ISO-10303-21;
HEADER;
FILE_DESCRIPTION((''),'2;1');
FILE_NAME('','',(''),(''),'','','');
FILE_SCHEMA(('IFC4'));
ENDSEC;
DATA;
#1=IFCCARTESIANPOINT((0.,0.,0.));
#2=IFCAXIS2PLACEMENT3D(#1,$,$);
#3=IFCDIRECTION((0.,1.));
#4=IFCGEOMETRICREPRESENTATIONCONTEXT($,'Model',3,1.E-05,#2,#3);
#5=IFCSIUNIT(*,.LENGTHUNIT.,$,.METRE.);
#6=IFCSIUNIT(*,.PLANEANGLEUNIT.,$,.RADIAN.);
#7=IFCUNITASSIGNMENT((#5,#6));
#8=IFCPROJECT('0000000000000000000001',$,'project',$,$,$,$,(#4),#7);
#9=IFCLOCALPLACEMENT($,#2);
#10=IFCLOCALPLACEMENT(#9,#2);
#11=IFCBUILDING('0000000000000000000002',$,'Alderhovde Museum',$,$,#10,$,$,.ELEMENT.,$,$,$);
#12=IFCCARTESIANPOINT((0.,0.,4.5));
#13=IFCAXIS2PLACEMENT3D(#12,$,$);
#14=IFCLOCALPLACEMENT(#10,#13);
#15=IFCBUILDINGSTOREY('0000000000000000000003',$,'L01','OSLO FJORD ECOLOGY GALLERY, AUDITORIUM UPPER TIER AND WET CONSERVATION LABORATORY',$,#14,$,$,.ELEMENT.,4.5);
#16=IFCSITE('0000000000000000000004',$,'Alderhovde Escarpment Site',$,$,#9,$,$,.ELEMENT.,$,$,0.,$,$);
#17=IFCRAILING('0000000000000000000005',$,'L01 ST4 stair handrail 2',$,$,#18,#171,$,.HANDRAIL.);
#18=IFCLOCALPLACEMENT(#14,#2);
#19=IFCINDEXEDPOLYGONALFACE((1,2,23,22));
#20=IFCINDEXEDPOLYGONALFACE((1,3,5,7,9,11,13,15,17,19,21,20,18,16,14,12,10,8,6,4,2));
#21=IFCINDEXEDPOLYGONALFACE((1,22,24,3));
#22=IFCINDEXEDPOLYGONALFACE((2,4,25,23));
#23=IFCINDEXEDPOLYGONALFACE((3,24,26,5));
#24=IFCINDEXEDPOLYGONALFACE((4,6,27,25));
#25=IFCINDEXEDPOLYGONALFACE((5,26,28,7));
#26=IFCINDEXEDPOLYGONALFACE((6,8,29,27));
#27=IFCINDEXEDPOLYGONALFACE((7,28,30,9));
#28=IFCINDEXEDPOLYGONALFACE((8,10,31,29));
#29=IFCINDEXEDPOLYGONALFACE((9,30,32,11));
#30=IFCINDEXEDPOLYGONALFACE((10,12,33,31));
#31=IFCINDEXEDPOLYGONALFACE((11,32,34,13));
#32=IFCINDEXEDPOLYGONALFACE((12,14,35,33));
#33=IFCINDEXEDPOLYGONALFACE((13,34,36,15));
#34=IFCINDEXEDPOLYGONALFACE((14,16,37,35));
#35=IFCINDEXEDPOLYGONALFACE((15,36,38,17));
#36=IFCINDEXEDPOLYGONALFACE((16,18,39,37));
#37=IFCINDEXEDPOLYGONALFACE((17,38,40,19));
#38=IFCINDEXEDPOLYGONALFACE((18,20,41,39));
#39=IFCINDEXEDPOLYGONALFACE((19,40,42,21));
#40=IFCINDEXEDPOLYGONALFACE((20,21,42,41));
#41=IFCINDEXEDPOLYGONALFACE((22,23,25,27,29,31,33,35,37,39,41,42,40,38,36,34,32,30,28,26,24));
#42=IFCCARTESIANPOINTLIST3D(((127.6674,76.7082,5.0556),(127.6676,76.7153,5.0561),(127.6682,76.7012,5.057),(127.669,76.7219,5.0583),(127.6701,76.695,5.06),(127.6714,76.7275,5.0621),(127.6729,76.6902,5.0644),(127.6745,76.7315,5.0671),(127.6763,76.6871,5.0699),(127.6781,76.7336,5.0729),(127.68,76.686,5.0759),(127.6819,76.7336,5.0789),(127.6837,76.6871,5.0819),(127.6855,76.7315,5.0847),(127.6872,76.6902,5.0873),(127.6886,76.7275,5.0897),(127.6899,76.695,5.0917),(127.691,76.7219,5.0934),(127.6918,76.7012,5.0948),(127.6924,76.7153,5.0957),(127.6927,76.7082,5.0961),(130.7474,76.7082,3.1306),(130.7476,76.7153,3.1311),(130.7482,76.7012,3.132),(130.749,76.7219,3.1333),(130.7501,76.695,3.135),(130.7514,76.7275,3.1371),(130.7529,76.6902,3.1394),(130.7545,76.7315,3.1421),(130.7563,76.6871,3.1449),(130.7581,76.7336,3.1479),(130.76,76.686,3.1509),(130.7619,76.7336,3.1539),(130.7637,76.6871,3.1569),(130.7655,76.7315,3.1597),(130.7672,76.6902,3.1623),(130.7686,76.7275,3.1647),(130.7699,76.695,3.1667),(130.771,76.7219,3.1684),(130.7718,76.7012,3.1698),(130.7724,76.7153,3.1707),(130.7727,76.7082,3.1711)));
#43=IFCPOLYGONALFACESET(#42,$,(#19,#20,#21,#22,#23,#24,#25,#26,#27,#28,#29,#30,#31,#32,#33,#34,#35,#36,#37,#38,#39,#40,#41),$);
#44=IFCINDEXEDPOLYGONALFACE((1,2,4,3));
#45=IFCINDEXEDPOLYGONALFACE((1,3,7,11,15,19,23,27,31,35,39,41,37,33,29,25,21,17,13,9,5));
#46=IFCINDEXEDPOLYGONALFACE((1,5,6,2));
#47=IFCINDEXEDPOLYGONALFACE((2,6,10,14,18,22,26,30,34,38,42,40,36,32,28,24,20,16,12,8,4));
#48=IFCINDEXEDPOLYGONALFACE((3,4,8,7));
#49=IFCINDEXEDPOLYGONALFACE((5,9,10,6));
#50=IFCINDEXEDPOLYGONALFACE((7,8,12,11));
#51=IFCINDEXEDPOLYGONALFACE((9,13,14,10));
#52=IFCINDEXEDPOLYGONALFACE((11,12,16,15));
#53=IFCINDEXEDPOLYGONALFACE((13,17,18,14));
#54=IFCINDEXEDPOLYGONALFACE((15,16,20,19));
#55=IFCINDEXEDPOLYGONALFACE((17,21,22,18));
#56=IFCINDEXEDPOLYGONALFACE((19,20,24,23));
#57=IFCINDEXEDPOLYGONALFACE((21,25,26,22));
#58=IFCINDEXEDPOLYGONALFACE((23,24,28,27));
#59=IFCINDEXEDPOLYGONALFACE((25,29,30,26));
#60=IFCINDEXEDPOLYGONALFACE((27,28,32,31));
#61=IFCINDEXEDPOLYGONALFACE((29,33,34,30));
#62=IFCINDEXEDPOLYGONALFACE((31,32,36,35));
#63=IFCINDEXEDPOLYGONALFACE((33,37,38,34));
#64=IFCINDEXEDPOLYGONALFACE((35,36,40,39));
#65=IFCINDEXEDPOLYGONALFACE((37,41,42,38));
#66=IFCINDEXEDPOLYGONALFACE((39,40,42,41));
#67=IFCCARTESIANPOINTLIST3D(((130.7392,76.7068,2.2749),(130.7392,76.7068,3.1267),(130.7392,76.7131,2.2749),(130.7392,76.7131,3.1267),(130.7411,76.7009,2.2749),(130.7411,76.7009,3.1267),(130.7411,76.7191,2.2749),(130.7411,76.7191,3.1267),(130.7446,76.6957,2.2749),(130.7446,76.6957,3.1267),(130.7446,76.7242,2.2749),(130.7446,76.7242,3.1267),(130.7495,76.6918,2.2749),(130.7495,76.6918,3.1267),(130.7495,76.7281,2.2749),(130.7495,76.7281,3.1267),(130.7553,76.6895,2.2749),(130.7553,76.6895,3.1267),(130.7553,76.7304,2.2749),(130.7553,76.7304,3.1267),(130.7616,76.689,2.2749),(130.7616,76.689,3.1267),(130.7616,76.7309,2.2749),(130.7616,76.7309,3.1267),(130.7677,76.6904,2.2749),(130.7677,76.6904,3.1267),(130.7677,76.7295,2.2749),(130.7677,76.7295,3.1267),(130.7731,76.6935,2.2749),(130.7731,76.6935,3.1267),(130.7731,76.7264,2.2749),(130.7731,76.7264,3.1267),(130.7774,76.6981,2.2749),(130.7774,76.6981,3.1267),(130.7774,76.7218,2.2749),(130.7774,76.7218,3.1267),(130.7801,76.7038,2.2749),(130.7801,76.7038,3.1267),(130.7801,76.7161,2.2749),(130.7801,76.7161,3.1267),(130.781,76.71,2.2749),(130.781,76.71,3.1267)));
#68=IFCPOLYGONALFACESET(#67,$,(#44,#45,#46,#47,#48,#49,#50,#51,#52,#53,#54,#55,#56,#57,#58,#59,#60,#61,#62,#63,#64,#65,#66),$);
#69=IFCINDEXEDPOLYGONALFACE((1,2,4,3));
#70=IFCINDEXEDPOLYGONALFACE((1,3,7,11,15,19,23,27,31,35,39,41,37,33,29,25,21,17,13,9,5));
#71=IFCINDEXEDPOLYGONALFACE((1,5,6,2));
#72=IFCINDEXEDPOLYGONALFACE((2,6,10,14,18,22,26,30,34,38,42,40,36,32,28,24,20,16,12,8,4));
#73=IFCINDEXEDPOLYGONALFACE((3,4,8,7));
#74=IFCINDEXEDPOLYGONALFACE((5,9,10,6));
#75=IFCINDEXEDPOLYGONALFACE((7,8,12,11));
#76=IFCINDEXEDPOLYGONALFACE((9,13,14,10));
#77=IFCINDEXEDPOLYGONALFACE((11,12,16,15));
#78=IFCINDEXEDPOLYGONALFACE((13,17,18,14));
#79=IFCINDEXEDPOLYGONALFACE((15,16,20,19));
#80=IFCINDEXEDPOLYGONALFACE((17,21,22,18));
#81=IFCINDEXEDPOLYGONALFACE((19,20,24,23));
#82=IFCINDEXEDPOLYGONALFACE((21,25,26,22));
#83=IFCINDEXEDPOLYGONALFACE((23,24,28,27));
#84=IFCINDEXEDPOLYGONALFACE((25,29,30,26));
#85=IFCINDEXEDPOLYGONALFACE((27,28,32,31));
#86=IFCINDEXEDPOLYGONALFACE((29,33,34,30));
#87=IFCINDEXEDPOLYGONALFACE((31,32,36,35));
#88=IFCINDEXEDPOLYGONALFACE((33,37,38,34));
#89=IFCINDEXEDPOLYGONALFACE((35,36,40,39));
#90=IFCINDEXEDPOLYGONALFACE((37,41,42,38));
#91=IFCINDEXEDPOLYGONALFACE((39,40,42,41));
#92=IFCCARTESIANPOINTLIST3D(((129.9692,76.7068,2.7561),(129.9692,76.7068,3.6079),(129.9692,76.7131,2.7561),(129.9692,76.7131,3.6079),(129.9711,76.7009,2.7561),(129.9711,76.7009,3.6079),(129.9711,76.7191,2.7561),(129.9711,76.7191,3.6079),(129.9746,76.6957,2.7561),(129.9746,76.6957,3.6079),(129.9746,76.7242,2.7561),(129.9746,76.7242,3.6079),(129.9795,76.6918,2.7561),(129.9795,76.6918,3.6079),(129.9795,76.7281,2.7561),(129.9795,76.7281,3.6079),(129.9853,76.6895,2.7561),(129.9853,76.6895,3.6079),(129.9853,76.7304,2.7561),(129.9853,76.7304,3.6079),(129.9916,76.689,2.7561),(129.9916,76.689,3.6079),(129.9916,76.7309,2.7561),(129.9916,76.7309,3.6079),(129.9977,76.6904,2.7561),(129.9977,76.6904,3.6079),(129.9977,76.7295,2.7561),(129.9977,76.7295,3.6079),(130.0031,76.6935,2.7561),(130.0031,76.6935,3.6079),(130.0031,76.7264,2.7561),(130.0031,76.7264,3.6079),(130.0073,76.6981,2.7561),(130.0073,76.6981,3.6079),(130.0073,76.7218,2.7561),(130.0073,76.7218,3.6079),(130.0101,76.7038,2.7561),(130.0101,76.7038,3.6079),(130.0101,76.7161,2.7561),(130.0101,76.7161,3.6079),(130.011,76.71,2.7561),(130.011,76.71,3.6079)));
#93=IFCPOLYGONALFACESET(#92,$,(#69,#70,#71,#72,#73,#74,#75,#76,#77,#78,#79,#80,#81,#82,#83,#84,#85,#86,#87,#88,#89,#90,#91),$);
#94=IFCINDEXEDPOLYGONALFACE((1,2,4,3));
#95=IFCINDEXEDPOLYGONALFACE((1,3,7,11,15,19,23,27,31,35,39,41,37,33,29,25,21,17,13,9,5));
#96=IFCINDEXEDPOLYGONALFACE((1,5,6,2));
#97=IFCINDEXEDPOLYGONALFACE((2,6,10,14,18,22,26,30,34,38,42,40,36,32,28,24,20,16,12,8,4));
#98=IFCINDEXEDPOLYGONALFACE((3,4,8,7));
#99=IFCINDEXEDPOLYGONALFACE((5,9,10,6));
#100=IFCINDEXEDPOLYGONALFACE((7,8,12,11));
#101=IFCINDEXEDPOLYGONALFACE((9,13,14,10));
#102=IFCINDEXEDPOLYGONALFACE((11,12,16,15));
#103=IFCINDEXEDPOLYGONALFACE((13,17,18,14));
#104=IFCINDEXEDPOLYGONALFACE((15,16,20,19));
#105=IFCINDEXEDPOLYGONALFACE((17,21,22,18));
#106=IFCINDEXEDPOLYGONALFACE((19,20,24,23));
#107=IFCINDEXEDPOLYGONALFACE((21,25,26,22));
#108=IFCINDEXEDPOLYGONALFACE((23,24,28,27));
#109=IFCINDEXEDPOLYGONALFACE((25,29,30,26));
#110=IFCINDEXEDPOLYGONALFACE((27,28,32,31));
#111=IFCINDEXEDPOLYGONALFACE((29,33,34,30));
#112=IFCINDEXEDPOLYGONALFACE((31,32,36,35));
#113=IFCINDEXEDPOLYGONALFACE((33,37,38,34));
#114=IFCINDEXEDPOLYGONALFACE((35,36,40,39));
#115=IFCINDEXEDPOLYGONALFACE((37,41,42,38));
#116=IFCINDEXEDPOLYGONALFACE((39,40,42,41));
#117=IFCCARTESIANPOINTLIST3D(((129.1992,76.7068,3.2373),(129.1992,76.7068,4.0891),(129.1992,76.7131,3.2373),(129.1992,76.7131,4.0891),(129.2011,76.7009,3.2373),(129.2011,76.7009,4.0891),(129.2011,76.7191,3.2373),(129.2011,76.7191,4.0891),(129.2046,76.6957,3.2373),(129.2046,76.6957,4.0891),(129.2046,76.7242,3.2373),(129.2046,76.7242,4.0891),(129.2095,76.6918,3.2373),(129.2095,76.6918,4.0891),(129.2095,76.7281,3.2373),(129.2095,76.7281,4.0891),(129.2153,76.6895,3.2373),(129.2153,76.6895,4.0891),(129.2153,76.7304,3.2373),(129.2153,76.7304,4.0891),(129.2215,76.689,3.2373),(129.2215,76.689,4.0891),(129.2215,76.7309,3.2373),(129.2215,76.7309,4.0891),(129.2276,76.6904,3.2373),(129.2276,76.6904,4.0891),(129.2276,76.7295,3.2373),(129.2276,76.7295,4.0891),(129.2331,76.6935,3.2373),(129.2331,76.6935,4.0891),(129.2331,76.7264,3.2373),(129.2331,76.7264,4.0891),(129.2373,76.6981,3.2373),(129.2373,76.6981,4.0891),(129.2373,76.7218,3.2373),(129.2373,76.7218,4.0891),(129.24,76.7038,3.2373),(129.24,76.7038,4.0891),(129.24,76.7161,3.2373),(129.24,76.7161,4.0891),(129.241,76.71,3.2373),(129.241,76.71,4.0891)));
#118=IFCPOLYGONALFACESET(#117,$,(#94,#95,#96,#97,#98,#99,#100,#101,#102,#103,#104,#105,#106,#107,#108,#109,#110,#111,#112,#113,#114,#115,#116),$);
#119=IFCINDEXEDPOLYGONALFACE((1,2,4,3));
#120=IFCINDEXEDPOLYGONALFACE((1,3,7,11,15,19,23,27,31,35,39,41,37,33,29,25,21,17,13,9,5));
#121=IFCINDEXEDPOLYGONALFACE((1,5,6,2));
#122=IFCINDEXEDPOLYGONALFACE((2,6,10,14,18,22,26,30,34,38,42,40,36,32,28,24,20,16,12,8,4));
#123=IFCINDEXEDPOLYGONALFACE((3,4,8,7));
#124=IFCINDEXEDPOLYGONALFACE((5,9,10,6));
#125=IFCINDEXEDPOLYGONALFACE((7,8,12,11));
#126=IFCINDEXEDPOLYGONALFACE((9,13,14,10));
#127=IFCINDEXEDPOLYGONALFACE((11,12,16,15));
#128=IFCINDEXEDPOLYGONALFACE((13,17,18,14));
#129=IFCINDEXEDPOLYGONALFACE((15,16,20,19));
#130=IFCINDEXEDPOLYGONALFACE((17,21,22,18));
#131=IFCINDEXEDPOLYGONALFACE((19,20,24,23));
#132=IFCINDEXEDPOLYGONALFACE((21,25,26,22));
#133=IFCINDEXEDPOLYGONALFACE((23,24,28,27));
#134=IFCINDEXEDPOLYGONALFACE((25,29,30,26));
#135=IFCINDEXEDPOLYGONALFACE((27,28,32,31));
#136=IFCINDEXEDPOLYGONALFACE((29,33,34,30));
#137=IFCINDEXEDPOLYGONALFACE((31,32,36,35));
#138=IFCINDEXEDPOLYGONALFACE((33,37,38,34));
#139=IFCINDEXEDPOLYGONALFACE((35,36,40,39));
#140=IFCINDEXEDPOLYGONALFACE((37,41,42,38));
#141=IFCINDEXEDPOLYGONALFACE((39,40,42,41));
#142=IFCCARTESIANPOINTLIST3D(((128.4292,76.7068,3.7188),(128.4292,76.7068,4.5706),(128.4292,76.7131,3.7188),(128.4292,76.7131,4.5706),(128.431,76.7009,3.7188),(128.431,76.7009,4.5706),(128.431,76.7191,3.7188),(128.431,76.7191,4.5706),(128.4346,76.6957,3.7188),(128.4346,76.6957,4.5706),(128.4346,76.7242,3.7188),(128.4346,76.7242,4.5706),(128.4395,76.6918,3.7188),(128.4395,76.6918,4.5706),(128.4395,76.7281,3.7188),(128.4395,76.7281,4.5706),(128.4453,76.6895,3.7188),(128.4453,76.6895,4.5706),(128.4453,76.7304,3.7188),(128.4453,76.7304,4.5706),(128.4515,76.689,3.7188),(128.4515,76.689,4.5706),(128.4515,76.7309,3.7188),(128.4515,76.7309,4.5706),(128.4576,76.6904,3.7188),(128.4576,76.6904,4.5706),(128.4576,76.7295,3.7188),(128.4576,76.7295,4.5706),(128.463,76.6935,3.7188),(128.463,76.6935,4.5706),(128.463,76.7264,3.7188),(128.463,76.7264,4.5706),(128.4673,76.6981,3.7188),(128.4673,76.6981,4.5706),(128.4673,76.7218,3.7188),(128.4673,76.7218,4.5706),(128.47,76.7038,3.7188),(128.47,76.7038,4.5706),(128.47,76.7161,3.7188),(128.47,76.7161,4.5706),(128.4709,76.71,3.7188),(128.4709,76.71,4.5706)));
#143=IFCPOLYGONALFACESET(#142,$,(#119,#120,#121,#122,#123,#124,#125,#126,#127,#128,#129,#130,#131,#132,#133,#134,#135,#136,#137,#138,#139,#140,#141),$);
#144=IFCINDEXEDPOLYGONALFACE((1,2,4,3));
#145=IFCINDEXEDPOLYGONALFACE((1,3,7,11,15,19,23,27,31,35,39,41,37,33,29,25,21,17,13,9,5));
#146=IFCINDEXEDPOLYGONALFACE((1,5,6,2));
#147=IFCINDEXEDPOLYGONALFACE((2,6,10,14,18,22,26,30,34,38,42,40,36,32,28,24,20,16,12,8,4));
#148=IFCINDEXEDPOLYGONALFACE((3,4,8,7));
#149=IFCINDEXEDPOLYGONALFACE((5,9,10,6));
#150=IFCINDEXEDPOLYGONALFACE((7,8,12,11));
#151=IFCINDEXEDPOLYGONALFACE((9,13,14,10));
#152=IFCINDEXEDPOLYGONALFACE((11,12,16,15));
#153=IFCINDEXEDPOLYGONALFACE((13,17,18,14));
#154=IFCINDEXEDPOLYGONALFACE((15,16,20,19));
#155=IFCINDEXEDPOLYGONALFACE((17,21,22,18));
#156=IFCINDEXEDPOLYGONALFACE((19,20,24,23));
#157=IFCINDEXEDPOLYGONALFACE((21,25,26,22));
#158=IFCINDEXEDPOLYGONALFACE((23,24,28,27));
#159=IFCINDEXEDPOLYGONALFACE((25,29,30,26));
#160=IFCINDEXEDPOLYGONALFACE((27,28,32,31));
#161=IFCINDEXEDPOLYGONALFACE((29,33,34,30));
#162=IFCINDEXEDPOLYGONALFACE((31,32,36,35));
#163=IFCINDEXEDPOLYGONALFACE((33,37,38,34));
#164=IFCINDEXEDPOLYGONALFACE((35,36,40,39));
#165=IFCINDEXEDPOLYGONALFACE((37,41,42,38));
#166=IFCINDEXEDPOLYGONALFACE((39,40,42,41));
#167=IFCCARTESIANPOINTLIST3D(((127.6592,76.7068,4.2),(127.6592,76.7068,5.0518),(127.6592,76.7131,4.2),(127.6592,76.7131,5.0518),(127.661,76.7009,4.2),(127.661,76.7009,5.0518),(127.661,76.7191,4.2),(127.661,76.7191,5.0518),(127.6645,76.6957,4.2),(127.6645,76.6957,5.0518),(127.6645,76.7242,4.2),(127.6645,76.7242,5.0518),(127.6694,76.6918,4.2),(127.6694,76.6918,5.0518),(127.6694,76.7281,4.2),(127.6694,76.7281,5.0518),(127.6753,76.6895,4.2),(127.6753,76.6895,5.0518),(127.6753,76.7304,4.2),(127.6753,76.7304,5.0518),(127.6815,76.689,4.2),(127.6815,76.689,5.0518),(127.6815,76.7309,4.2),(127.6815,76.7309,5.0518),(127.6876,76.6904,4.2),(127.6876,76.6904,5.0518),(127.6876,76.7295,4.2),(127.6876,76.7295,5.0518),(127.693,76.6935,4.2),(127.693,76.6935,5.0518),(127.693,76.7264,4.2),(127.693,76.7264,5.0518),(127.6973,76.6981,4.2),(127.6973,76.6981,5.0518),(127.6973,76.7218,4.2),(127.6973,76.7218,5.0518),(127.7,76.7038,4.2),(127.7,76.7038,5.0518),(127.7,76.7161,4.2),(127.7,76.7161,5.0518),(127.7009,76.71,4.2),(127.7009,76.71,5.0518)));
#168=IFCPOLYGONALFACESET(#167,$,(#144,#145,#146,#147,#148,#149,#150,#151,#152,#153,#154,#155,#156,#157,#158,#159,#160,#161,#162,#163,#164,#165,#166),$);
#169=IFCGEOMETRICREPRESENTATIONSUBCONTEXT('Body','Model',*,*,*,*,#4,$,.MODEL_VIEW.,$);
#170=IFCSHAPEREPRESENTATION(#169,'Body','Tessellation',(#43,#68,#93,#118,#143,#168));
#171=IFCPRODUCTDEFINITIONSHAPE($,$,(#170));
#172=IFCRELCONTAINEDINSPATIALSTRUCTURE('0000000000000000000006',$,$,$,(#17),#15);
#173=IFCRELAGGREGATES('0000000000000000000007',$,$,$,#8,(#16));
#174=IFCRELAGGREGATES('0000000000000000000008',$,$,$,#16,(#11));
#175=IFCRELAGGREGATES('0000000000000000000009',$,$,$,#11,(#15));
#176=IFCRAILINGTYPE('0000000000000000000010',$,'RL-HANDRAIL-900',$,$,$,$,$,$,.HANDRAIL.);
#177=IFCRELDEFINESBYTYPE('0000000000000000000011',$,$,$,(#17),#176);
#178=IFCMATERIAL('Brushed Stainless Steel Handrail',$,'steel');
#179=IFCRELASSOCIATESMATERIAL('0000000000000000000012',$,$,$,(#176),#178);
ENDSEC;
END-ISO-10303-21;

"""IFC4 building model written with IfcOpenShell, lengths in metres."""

from ifc_helpers import new_model, si_unit, direction, frame, origin, origin_2d, place, context, subcontext, project, spatial, circle, extrude, material, type_object, element, save


model = new_model("IFC4")

# Units and contexts
model_context = context("Model", 3, precision=1e-05, world=origin(), true_north=direction((0.0, 1.0)))
body_context = subcontext(model_context, "Body", "Model", "MODEL_VIEW")
ifc_project = project(units=[si_unit("LENGTHUNIT", "METRE"), si_unit("PLANEANGLEUNIT", "RADIAN")], contexts=[model_context])

# Site, building, storey
site_placement = place(None, origin())
site = spatial("IfcSite", under=ifc_project, at=site_placement, Name="Alderhovde Escarpment Site", CompositionType="ELEMENT", RefElevation=0.0)
building_placement = place(site_placement, origin())
building = spatial("IfcBuilding", under=site, at=building_placement, Name="Alderhovde Museum", CompositionType="ELEMENT")
storey_placement = place(building_placement, frame((0.0, 0.0, 4.5)))
storey = spatial("IfcBuildingStorey", under=building, at=storey_placement, Name="L01", Description="OSLO FJORD ECOLOGY GALLERY, AUDITORIUM UPPER TIER AND WET CONSERVATION LABORATORY", CompositionType="ELEMENT", Elevation=4.5)

# Railing
ifc_material_1 = material(Name="Brushed Stainless Steel Handrail", Category="steel")
railing_type_1 = type_object("IfcRailingType", Name="RL-HANDRAIL-900", PredefinedType="HANDRAIL", material=ifc_material_1)
railing_1_placement = place(storey_placement, frame((130.76, 76.71, 2.2749)))
element("IfcRailing", 1, at=railing_1_placement, inside=storey, type_object=railing_type_1, Name="L01 ST4 stair handrail 2", PredefinedType="HANDRAIL", context=body_context, shape_type="SweptSolid", body=[
    extrude(circle(Radius=0.0239, at=origin_2d()), frame((0.0, 0.0, 0.876), z_axis=(-0.847998, 0.0, 0.529999), x_axis=(0.0, -1.0, 0.0)), (0.0, 0.0, 1.0), 3.6321),
    extrude(circle(Radius=0.021, at=origin_2d()), origin(), (0.0, 0.0, 1.0), 0.8518),
    extrude(circle(Radius=0.021, at=origin_2d()), frame((-0.77, 0.0, 0.4812)), (0.0, 0.0, 1.0), 0.8518),
    extrude(circle(Radius=0.021, at=origin_2d()), frame((-1.54, 0.0, 0.9624)), (0.0, 0.0, 1.0), 0.8518),
    extrude(circle(Radius=0.021, at=origin_2d()), frame((-2.3101, 0.0, 1.4438)), (0.0, 0.0, 1.0), 0.8518),
    extrude(circle(Radius=0.021, at=origin_2d()), frame((-3.0801, 0.0, 1.925)), (0.0, 0.0, 1.0), 0.8518),
])

save(model, "model.ifc")
